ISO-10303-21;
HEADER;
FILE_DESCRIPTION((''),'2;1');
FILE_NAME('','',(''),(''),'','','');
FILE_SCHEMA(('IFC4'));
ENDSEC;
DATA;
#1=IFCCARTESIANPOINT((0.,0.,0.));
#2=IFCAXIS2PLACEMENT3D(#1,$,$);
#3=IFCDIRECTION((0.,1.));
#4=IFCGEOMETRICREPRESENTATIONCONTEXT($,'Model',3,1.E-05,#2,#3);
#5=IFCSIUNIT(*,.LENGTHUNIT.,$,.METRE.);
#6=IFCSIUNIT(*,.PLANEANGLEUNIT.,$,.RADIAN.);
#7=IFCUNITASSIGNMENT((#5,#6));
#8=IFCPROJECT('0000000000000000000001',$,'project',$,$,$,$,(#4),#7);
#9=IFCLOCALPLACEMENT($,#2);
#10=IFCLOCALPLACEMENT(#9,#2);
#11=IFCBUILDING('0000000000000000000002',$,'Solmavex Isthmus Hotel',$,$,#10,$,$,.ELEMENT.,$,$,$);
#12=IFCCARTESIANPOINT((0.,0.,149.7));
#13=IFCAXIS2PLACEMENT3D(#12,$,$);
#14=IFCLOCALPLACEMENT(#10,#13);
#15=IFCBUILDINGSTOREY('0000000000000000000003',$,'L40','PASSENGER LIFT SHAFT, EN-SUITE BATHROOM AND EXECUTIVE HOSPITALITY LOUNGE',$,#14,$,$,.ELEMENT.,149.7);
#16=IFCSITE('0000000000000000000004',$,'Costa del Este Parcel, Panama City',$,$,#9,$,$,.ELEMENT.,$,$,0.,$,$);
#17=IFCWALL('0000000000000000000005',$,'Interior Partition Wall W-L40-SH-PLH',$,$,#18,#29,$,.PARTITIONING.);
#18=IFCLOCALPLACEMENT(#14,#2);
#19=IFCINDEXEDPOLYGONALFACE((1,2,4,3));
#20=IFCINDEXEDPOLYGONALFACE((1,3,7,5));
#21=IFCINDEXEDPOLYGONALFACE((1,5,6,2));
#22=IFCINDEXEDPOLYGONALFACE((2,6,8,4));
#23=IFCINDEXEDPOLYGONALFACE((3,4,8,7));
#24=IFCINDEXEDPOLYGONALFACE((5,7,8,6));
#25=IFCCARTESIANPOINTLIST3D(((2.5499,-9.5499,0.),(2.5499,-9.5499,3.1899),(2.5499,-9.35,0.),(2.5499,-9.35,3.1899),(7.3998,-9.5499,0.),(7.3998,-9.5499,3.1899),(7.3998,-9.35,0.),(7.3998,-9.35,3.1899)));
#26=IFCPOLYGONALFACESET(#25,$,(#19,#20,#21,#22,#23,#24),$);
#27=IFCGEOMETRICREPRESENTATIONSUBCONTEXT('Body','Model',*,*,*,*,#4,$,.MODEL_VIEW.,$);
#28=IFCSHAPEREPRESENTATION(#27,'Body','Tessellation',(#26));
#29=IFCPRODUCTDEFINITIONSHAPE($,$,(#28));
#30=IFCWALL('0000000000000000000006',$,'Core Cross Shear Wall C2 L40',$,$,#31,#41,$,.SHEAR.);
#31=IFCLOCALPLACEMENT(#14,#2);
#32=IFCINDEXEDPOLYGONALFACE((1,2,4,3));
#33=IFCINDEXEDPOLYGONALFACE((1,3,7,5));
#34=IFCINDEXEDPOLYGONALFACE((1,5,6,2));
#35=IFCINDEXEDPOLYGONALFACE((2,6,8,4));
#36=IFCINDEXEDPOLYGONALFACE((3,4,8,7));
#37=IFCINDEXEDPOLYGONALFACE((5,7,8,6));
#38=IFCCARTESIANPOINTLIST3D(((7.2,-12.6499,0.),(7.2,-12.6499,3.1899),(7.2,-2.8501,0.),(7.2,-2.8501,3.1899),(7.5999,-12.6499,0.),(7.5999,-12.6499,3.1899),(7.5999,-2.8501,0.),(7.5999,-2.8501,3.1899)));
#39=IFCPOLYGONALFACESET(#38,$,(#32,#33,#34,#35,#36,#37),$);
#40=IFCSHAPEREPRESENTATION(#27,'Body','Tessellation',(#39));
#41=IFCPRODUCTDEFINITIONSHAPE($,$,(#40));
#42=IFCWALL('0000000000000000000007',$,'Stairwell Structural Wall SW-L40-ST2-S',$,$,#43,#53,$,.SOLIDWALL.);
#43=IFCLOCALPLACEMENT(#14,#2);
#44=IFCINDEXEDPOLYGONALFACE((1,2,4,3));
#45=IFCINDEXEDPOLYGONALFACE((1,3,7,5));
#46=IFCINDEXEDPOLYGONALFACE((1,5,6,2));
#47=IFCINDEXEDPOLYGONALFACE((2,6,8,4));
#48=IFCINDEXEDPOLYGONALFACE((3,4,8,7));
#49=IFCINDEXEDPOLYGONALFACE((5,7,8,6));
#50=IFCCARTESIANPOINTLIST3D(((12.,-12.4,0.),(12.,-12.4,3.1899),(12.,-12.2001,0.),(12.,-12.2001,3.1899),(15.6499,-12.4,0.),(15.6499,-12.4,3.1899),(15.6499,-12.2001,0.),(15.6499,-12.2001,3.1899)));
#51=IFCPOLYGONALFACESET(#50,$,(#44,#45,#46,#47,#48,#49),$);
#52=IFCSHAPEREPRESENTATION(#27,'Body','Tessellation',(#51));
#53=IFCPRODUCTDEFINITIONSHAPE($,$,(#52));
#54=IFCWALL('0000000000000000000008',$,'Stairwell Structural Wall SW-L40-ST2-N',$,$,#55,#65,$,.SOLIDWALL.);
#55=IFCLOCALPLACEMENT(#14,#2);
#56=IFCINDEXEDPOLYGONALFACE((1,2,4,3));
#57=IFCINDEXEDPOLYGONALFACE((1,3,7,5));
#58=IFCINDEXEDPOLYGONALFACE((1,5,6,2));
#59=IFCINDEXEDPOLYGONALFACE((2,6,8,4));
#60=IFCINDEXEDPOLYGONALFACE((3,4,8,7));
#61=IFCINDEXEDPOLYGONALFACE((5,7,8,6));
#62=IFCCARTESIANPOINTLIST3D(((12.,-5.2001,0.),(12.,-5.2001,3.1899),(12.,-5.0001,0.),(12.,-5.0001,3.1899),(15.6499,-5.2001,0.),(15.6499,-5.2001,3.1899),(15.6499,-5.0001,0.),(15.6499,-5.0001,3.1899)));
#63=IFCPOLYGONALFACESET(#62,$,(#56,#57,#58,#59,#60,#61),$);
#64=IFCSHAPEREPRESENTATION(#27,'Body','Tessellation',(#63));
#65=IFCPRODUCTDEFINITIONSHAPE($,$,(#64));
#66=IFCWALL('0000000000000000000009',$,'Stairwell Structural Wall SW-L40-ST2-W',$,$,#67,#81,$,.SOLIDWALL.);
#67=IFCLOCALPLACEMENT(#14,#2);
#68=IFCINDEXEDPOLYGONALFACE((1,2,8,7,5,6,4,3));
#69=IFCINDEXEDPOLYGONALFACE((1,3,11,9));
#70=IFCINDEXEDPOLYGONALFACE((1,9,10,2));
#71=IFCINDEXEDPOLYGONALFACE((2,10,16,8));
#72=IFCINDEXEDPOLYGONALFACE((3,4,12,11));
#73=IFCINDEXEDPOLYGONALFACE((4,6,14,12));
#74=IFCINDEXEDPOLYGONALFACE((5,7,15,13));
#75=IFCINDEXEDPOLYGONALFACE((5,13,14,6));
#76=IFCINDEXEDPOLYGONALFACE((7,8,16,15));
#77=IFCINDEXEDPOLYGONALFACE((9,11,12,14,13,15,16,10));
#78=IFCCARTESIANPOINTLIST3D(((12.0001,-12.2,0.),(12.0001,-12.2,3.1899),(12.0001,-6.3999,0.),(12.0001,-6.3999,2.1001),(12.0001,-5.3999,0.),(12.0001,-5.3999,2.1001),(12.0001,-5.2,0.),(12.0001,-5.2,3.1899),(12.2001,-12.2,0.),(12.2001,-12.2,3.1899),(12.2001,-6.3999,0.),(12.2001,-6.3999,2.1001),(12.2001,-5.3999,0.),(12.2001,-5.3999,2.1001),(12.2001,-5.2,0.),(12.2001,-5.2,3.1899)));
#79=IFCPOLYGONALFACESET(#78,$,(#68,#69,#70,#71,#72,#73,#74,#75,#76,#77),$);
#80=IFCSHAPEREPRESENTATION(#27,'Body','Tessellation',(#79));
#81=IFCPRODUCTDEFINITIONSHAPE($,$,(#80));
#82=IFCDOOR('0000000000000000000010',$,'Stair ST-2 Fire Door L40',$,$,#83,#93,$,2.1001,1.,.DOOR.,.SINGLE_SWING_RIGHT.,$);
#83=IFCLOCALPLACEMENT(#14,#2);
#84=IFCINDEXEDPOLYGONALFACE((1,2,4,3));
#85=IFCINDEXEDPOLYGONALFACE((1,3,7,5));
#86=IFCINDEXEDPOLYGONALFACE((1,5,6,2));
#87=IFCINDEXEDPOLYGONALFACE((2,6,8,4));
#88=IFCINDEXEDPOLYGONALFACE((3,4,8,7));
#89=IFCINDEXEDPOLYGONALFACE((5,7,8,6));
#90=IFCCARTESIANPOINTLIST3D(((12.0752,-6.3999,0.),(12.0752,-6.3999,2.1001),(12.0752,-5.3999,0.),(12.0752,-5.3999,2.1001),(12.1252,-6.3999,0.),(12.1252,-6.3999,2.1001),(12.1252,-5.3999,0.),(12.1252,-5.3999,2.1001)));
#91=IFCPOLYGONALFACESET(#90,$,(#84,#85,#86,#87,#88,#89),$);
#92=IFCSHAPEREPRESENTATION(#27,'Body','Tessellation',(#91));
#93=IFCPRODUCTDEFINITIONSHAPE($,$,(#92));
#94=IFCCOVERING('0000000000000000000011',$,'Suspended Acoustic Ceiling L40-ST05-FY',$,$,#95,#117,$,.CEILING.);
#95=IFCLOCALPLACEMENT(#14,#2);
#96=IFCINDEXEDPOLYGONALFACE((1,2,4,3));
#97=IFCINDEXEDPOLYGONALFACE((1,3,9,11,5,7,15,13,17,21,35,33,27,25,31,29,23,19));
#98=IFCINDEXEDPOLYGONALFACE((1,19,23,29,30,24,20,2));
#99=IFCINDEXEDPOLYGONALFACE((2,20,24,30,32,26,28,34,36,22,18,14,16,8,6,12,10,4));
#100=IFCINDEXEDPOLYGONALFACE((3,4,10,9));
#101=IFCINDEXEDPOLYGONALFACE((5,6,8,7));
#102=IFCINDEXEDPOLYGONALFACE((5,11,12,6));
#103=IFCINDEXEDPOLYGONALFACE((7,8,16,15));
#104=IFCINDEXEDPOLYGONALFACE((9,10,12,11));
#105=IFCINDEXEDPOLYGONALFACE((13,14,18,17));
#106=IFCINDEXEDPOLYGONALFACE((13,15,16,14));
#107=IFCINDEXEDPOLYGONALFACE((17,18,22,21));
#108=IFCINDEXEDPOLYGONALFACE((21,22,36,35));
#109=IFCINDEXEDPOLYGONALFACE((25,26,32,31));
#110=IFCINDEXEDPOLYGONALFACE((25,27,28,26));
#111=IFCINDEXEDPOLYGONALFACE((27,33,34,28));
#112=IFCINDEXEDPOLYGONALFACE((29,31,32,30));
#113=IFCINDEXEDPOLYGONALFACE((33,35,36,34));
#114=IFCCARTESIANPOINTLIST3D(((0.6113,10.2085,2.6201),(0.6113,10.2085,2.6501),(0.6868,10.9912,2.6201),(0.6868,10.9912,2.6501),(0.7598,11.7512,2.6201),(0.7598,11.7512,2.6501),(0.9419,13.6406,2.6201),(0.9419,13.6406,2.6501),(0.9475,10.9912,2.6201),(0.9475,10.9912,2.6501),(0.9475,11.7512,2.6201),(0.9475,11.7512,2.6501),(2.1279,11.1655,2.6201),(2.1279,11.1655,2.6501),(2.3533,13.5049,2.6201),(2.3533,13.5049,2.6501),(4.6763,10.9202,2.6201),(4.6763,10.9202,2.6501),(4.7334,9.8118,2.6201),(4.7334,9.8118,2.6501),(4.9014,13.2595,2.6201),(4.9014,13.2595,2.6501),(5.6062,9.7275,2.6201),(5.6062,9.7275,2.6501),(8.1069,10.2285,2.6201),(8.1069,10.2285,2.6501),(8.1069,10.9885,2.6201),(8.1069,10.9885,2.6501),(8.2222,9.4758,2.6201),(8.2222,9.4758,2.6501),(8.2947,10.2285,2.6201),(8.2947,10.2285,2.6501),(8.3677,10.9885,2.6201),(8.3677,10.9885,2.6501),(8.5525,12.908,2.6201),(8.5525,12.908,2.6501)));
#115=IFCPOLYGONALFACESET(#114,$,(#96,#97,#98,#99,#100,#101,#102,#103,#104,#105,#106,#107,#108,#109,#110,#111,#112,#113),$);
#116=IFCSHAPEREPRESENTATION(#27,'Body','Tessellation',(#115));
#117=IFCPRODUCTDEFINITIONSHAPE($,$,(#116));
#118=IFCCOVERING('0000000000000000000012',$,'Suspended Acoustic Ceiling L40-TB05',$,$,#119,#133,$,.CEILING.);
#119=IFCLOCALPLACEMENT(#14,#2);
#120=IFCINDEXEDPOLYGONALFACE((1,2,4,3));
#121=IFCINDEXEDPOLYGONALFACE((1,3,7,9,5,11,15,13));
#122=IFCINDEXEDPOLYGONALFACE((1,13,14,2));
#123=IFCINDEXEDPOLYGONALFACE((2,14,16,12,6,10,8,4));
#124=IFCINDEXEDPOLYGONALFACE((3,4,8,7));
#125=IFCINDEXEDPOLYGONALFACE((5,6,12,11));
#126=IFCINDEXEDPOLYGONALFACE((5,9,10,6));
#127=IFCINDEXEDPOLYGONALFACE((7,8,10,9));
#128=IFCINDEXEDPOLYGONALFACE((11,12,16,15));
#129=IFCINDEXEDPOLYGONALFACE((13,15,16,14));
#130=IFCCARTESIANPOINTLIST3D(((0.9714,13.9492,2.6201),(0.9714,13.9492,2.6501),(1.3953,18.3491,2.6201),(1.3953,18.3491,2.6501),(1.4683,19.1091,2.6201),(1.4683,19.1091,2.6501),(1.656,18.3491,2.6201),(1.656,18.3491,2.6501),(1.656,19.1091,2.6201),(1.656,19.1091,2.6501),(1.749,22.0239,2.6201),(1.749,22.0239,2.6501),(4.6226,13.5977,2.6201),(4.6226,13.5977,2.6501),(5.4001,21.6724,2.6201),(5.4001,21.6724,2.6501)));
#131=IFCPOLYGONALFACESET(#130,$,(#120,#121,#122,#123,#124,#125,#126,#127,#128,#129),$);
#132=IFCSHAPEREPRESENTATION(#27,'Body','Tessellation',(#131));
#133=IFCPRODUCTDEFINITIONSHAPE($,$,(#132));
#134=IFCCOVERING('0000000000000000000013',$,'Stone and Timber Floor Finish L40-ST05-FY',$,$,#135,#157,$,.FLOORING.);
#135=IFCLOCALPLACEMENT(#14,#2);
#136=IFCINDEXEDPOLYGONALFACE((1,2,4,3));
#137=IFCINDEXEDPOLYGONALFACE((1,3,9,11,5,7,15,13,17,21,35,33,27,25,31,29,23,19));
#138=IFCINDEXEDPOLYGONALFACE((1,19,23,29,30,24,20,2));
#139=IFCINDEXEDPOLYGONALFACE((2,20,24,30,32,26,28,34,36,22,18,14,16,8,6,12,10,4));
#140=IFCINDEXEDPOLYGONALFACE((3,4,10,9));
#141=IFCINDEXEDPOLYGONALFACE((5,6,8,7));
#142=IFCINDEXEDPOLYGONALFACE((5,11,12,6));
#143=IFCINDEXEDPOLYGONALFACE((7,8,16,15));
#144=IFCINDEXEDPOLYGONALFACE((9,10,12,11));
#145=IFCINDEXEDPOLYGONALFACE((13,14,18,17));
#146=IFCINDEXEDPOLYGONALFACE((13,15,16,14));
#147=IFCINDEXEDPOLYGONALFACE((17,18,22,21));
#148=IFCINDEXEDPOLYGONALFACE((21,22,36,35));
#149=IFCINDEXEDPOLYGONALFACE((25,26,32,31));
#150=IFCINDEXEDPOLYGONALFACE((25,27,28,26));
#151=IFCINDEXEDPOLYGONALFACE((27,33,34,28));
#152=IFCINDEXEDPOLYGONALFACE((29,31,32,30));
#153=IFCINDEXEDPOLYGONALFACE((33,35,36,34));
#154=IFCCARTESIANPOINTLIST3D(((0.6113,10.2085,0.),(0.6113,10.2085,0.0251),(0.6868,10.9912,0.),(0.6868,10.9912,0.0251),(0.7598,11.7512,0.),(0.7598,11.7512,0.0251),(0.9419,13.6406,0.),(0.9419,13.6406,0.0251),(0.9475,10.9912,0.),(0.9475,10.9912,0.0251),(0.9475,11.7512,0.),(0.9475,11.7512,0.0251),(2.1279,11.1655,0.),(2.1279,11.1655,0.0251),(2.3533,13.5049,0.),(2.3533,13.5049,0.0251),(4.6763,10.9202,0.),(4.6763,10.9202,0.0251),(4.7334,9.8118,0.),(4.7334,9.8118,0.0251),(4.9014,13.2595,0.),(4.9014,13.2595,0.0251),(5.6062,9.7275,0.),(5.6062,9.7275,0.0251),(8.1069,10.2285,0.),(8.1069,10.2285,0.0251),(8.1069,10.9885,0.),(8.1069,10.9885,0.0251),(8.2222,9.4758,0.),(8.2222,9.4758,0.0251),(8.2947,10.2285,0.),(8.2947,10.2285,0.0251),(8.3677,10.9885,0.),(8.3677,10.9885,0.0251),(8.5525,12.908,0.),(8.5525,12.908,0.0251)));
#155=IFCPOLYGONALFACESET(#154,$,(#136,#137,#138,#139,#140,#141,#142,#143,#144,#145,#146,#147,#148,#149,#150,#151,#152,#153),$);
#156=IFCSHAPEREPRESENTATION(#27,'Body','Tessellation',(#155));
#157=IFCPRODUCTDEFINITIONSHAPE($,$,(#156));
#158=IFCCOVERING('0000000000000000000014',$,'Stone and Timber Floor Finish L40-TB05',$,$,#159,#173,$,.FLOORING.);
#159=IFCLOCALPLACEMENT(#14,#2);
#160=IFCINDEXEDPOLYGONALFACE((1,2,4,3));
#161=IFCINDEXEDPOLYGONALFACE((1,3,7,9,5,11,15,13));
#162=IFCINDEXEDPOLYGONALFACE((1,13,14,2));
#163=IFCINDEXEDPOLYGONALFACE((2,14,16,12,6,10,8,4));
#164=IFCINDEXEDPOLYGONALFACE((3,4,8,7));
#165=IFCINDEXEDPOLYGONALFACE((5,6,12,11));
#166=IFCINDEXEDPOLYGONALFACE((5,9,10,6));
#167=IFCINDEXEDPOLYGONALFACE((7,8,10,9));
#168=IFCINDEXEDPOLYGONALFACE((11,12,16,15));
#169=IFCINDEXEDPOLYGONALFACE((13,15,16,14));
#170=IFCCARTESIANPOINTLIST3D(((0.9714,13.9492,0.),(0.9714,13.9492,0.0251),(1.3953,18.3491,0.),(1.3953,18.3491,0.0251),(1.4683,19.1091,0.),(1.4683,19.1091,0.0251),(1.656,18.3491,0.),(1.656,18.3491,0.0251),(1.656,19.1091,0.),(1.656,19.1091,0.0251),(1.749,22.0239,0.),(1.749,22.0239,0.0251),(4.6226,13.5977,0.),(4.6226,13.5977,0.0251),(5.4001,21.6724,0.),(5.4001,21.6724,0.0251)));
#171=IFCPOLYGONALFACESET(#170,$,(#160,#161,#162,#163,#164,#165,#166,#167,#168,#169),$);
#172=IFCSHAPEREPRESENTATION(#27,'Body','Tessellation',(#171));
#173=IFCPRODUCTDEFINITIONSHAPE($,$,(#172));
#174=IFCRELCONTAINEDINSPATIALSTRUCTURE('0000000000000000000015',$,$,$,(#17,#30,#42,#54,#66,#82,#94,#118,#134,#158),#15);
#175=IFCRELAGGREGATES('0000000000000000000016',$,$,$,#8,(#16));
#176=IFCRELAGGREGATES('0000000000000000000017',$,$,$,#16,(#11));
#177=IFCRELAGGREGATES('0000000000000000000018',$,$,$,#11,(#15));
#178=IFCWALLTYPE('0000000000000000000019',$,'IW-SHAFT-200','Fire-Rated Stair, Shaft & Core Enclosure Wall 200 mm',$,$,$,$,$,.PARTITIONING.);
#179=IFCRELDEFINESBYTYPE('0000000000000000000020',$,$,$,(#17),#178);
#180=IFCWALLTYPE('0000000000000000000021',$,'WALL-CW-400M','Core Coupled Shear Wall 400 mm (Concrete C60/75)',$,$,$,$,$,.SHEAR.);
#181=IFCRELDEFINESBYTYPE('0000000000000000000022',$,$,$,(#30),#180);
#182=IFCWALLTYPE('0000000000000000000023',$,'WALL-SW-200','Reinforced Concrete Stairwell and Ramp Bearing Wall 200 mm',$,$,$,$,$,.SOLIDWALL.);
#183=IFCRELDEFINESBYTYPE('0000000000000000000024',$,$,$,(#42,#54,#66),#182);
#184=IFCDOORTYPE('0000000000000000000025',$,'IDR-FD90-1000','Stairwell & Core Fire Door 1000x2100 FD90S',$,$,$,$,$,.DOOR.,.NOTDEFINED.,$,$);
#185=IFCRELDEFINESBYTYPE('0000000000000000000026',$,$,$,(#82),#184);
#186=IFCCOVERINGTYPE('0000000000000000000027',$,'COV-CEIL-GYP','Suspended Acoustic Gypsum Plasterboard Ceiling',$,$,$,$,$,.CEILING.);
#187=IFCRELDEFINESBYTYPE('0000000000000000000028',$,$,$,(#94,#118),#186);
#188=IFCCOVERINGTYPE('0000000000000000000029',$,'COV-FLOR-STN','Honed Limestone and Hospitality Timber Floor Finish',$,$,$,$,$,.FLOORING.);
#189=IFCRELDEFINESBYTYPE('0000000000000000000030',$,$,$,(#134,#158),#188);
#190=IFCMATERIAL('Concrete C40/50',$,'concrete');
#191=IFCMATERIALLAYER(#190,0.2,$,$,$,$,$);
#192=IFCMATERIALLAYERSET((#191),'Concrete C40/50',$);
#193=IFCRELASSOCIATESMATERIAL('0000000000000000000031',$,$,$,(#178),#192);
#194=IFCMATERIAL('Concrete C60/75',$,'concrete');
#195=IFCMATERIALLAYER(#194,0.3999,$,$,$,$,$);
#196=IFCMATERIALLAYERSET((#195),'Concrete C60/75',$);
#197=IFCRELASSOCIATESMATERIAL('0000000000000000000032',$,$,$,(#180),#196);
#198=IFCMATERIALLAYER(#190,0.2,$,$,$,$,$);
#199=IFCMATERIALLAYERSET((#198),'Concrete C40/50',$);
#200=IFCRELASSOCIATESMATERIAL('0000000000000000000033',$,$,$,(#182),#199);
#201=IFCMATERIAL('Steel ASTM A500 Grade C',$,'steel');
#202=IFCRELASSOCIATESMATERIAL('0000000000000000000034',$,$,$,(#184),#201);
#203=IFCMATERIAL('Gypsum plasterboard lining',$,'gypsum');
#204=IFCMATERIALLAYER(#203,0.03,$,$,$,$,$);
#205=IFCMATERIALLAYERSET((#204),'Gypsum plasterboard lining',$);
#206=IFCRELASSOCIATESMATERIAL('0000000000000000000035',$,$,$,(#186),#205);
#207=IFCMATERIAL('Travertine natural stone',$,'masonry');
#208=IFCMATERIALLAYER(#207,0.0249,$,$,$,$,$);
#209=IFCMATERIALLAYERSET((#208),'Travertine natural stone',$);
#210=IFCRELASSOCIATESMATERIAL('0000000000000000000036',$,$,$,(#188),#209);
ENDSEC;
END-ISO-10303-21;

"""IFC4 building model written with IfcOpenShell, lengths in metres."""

from ifc_helpers import new_model, si_unit, direction, frame, frame_2d, origin, place, context, subcontext, project, spatial, polyline, rectangle, outline, extrude, material, layer, layer_set, type_object, element, fill, save


model = new_model("IFC4")

# Units and contexts
model_context = context("Model", 3, precision=1e-05, world=origin(), true_north=direction((0.0, 1.0)))
body_context = subcontext(model_context, "Body", "Model", "MODEL_VIEW")
ifc_project = project(units=[si_unit("LENGTHUNIT", "METRE"), si_unit("PLANEANGLEUNIT", "RADIAN")], contexts=[model_context])

# Site, building, storey
site_placement = place(None, origin())
site = spatial("IfcSite", under=ifc_project, at=site_placement, Name="Costa del Este Parcel, Panama City", CompositionType="ELEMENT", RefElevation=0.0)
building_placement = place(site_placement, origin())
building = spatial("IfcBuilding", under=site, at=building_placement, Name="Solmavex Isthmus Hotel", CompositionType="ELEMENT")
storey_placement = place(building_placement, frame((0.0, 0.0, 149.7)))
storey = spatial("IfcBuildingStorey", under=building, at=storey_placement, Name="L40", Description="PASSENGER LIFT SHAFT, EN-SUITE BATHROOM AND EXECUTIVE HOSPITALITY LOUNGE", CompositionType="ELEMENT", Elevation=149.7)

# Shared definitions
ifc_material_1 = material(Name="Concrete C60/75", Category="concrete")

# Shared definitions
ifc_material_2 = material(Name="Gypsum plasterboard lining", Category="gypsum")

# Shared definitions
ifc_material_3 = material(Name="Concrete C40/50", Category="concrete")

# Shared definitions
ifc_layer_1 = layer(ifc_material_3, 0.2)
ifc_layer_set_1 = layer_set([ifc_layer_1], Name="Concrete C40/50")
wall_type_1 = type_object("IfcWallType", Name="IW-SHAFT-200", Description="Fire-Rated Stair, Shaft & Core Enclosure Wall 200 mm", PredefinedType="PARTITIONING", material=ifc_layer_set_1)
ifc_material_4 = material(Name="Steel ASTM A500 Grade C", Category="steel")

# Walls
wall_1_placement = place(storey_placement, frame((2.55, -9.45, 0.0), z_axis=(0.0, 0.0, 1.0), x_axis=(1.0, 0.0, 0.0)))
element("IfcWall", 1, at=wall_1_placement, inside=storey, type_object=wall_type_1, Name="Interior Partition Wall W-L40-SH-PLH", PredefinedType="PARTITIONING", context=body_context, shape_type="SweptSolid", body=[
    extrude(rectangle(XDim=4.8499, YDim=0.2, at=frame_2d((2.4248, 0.0))), origin(), (0.0, 0.0, 1.0), 3.1899),
])
ifc_layer_2 = layer(ifc_material_1, 0.3999)
ifc_layer_set_2 = layer_set([ifc_layer_2], Name="Concrete C60/75")
wall_type_2 = type_object("IfcWallType", Name="WALL-CW-400M", Description="Core Coupled Shear Wall 400 mm (Concrete C60/75)", PredefinedType="SHEAR", material=ifc_layer_set_2)
wall_2_placement = place(storey_placement, frame((7.3999, -12.6499, 0.0), z_axis=(0.0, 0.0, 1.0), x_axis=(0.0, 1.0, 0.0)))
element("IfcWall", 2, at=wall_2_placement, inside=storey, type_object=wall_type_2, Name="Core Cross Shear Wall C2 L40", PredefinedType="SHEAR", context=body_context, shape_type="SweptSolid", body=[
    extrude(rectangle(XDim=9.7998, YDim=0.3999, at=frame_2d((4.8999, 0.0))), origin(), (0.0, 0.0, 1.0), 3.1899),
])
ifc_layer_3 = layer(ifc_material_3, 0.2)
ifc_layer_set_3 = layer_set([ifc_layer_3], Name="Concrete C40/50")
wall_type_3 = type_object("IfcWallType", Name="WALL-SW-200", Description="Reinforced Concrete Stairwell and Ramp Bearing Wall 200 mm", PredefinedType="SOLIDWALL", material=ifc_layer_set_3)
for number, where, z_axis, x_axis, name in (
    (3, (12.0, -12.3, 0.0), (0.0, 0.0, 1.0), (1.0, 0.0, 0.0), "Stairwell Structural Wall SW-L40-ST2-S"),
    (4, (12.0, -5.1001, 0.0), (0.0, 0.0, 1.0), (1.0, 0.0, 0.0), "Stairwell Structural Wall SW-L40-ST2-N"),
):
    element("IfcWall", number, at=place(storey_placement, frame(where, z_axis=z_axis, x_axis=x_axis)), inside=storey, type_object=wall_type_3, Name=name, PredefinedType="SOLIDWALL", context=body_context, shape_type="SweptSolid", body=[
        extrude(rectangle(XDim=3.6499, YDim=0.2, at=frame_2d((1.825, 0.0))), origin(), (0.0, 0.0, 1.0), 3.1899),
    ])

# Wall, opening, door
wall_3_placement = place(storey_placement, frame((12.1001, -12.2, 0.0), z_axis=(0.0, 0.0, 1.0), x_axis=(0.0, 1.0, 0.0)))
wall_3 = element("IfcWall", 5, at=wall_3_placement, inside=storey, type_object=wall_type_3, Name="Stairwell Structural Wall SW-L40-ST2-W", PredefinedType="SOLIDWALL", context=body_context, shape_type="SweptSolid", body=[
    extrude(rectangle(XDim=7.0, YDim=0.2, at=frame_2d((3.5, 0.0))), origin(), (0.0, 0.0, 1.0), 3.1899),
])
opening_1_placement = place(wall_3_placement, frame((5.8, 0.0, 0.0)))
opening_1 = element("IfcOpeningElement", 6, at=opening_1_placement, cuts=wall_3, PredefinedType="OPENING", context=body_context, shape_type="SweptSolid", body=[
    extrude(rectangle(XDim=1.0, YDim=2.1001, at=frame_2d((0.5, 1.05))), frame((0.0, 0.1099, 0.0), z_axis=(0.0, -1.0, 0.0), x_axis=(1.0, 0.0, 0.0)), (0.0, 0.0, 1.0), 0.22),
])
door_type_1 = type_object("IfcDoorType", Name="IDR-FD90-1000", Description="Stairwell & Core Fire Door 1000x2100 FD90S", OperationType="NOTDEFINED", PredefinedType="DOOR", material=ifc_material_4)
door_1_placement = place(opening_1_placement, origin())
door_1 = element("IfcDoor", 7, at=door_1_placement, inside=storey, type_object=door_type_1, Name="Stair ST-2 Fire Door L40", OperationType="SINGLE_SWING_RIGHT", OverallHeight=2.1001, OverallWidth=1.0, PredefinedType="DOOR", context=body_context, shape_type="SweptSolid", body=[
    extrude(rectangle(XDim=1.0, YDim=2.1001, at=frame_2d((0.5, 1.05))), frame((0.0, 0.0249, 0.0), z_axis=(0.0, -1.0, 0.0), x_axis=(1.0, 0.0, 0.0)), (0.0, 0.0, 1.0), 0.05),
])
fill(opening_1, door_1)

# Coverings
ifc_layer_4 = layer(ifc_material_2, 0.03)
ifc_layer_set_4 = layer_set([ifc_layer_4], Name="Gypsum plasterboard lining")
covering_type_1 = type_object("IfcCoveringType", Name="COV-CEIL-GYP", Description="Suspended Acoustic Gypsum Plasterboard Ceiling", PredefinedType="CEILING", material=ifc_layer_set_4)
covering_1_placement = place(storey_placement, frame((0.0, 0.0, 2.6201)))
element("IfcCovering", 8, at=covering_1_placement, inside=storey, type_object=covering_type_1, Name="Suspended Acoustic Ceiling L40-ST05-FY", PredefinedType="CEILING", context=body_context, shape_type="SweptSolid", body=[
    extrude(outline(polyline([(4.9014, 13.2595), (4.6763, 10.9202), (2.1279, 11.1655), (2.3533, 13.5049), (0.9419, 13.6406), (0.7598, 11.7512), (0.9475, 11.7512), (0.9475, 10.9912), (0.6868, 10.9912), (0.6113, 10.2085), (4.7334, 9.8118), (5.6062, 9.7275), (8.2222, 9.4758), (8.2947, 10.2285), (8.1069, 10.2285), (8.1069, 10.9885), (8.3677, 10.9885), (8.5525, 12.908), (4.9014, 13.2595)])), origin(), (0.0, 0.0, 1.0), 0.03),
])
covering_2_placement = place(storey_placement, frame((0.0, 0.0, 2.6201)))
element("IfcCovering", 9, at=covering_2_placement, inside=storey, type_object=covering_type_1, Name="Suspended Acoustic Ceiling L40-TB05", PredefinedType="CEILING", context=body_context, shape_type="SweptSolid", body=[
    extrude(outline(polyline([(1.4683, 19.1091), (1.656, 19.1091), (1.656, 18.3491), (1.3953, 18.3491), (0.9714, 13.9492), (4.6226, 13.5977), (5.4001, 21.6724), (1.749, 22.0239), (1.4683, 19.1091)])), origin(), (0.0, 0.0, 1.0), 0.03),
])
ifc_material_5 = material(Name="Travertine natural stone", Category="masonry")
ifc_layer_5 = layer(ifc_material_5, 0.0249)
ifc_layer_set_5 = layer_set([ifc_layer_5], Name="Travertine natural stone")
covering_type_2 = type_object("IfcCoveringType", Name="COV-FLOR-STN", Description="Honed Limestone and Hospitality Timber Floor Finish", PredefinedType="FLOORING", material=ifc_layer_set_5)
covering_3_placement = place(storey_placement, origin())
element("IfcCovering", 10, at=covering_3_placement, inside=storey, type_object=covering_type_2, Name="Stone and Timber Floor Finish L40-ST05-FY", PredefinedType="FLOORING", context=body_context, shape_type="SweptSolid", body=[
    extrude(outline(polyline([(4.9014, 13.2595), (4.6763, 10.9202), (2.1279, 11.1655), (2.3533, 13.5049), (0.9419, 13.6406), (0.7598, 11.7512), (0.9475, 11.7512), (0.9475, 10.9912), (0.6868, 10.9912), (0.6113, 10.2085), (4.7334, 9.8118), (5.6062, 9.7275), (8.2222, 9.4758), (8.2947, 10.2285), (8.1069, 10.2285), (8.1069, 10.9885), (8.3677, 10.9885), (8.5525, 12.908), (4.9014, 13.2595)])), origin(), (0.0, 0.0, 1.0), 0.0251),
])
covering_4_placement = place(storey_placement, origin())
element("IfcCovering", 11, at=covering_4_placement, inside=storey, type_object=covering_type_2, Name="Stone and Timber Floor Finish L40-TB05", PredefinedType="FLOORING", context=body_context, shape_type="SweptSolid", body=[
    extrude(outline(polyline([(1.4683, 19.1091), (1.656, 19.1091), (1.656, 18.3491), (1.3953, 18.3491), (0.9714, 13.9492), (4.6226, 13.5977), (5.4001, 21.6724), (1.749, 22.0239), (1.4683, 19.1091)])), origin(), (0.0, 0.0, 1.0), 0.0251),
])

save(model, "model.ifc")
